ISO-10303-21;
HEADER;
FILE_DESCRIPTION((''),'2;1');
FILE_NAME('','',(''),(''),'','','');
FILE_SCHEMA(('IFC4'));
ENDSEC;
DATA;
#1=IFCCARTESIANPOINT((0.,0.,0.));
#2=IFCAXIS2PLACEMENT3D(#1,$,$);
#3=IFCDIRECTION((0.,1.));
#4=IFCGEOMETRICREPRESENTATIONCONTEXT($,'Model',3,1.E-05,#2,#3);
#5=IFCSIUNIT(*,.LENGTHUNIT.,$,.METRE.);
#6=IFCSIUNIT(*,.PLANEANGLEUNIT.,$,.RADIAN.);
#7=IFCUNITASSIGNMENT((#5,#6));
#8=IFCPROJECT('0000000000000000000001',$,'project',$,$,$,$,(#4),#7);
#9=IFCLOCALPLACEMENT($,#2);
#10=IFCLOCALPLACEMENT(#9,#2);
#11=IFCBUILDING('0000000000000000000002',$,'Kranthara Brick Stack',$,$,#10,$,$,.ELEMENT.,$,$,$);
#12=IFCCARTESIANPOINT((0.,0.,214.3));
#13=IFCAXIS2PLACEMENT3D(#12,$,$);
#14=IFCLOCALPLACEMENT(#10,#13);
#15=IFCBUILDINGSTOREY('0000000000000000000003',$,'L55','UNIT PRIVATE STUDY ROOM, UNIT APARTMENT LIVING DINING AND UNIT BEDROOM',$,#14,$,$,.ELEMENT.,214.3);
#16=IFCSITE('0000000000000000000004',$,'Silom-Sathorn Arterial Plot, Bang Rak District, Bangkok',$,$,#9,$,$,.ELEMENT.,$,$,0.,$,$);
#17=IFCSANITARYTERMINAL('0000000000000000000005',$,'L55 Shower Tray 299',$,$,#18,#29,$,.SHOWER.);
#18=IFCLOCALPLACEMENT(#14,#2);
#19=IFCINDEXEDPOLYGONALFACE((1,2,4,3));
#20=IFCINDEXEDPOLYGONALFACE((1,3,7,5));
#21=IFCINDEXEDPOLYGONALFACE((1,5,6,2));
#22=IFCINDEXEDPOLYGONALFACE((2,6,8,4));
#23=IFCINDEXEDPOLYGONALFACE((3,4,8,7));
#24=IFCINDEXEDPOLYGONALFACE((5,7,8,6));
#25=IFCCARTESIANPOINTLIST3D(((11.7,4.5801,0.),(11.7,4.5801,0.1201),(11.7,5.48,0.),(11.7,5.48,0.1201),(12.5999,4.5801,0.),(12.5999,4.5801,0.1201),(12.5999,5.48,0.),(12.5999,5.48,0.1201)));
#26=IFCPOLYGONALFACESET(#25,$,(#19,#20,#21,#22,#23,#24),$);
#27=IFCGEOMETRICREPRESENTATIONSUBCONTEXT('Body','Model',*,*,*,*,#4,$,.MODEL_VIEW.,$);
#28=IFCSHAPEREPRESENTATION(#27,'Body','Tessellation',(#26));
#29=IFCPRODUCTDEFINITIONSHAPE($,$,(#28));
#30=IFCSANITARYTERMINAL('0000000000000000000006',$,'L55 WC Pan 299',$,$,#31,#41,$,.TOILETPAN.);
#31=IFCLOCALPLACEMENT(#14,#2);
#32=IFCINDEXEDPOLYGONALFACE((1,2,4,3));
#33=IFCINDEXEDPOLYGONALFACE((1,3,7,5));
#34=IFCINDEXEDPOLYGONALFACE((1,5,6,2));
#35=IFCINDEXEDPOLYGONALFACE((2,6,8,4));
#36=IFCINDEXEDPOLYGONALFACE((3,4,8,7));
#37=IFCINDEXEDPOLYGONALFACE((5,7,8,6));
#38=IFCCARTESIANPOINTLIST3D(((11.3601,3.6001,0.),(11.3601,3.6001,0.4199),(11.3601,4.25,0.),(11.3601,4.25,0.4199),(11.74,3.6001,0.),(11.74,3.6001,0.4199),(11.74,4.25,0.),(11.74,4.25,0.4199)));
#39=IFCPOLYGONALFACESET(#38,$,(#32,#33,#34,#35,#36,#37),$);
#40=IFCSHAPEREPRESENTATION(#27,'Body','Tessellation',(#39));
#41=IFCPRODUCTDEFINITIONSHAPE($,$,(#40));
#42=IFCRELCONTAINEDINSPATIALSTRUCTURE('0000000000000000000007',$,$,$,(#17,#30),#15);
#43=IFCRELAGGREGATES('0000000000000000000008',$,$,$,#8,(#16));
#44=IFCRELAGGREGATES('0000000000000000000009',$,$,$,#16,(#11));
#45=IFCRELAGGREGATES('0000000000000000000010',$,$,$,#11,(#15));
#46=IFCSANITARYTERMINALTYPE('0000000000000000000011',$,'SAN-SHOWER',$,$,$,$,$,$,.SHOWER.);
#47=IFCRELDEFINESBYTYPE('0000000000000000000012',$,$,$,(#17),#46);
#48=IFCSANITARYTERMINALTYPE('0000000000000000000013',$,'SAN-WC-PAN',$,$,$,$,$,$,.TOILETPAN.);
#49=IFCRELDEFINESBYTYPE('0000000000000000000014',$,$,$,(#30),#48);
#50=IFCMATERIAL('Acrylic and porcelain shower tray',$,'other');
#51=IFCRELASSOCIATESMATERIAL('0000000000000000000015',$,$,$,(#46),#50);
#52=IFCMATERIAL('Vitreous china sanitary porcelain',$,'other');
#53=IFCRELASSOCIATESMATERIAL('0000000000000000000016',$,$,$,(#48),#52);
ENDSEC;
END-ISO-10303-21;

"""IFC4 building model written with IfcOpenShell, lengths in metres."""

from ifc_helpers import new_model, si_unit, direction, frame, origin, origin_2d, place, context, subcontext, project, spatial, rectangle, extrude, material, type_object, element, save


model = new_model("IFC4")

# Units and contexts
model_context = context("Model", 3, precision=1e-05, world=origin(), true_north=direction((0.0, 1.0)))
body_context = subcontext(model_context, "Body", "Model", "MODEL_VIEW")
ifc_project = project(units=[si_unit("LENGTHUNIT", "METRE"), si_unit("PLANEANGLEUNIT", "RADIAN")], contexts=[model_context])

# Site, building, storey
site_placement = place(None, origin())
site = spatial("IfcSite", under=ifc_project, at=site_placement, Name="Silom-Sathorn Arterial Plot, Bang Rak District, Bangkok", CompositionType="ELEMENT", RefElevation=0.0)
building_placement = place(site_placement, origin())
building = spatial("IfcBuilding", under=site, at=building_placement, Name="Kranthara Brick Stack", CompositionType="ELEMENT")
storey_placement = place(building_placement, frame((0.0, 0.0, 214.3)))
storey = spatial("IfcBuildingStorey", under=building, at=storey_placement, Name="L55", Description="UNIT PRIVATE STUDY ROOM, UNIT APARTMENT LIVING DINING AND UNIT BEDROOM", CompositionType="ELEMENT", Elevation=214.3)

# Sanitary terminals
ifc_material_1 = material(Name="Acrylic and porcelain shower tray", Category="other")
sanitary_terminal_type_1 = type_object("IfcSanitaryTerminalType", Name="SAN-SHOWER", PredefinedType="SHOWER", material=ifc_material_1)
sanitary_terminal_1_placement = place(storey_placement, frame((12.1499, 5.03, 0.0), z_axis=(0.0, 0.0, 1.0), x_axis=(1.0, 0.0, 0.0)))
element("IfcSanitaryTerminal", 1, at=sanitary_terminal_1_placement, inside=storey, type_object=sanitary_terminal_type_1, Name="L55 Shower Tray 299", PredefinedType="SHOWER", context=body_context, shape_type="SweptSolid", body=[
    extrude(rectangle(XDim=0.8999, YDim=0.8999, at=origin_2d()), origin(), (0.0, 0.0, 1.0), 0.1201),
])
ifc_material_2 = material(Name="Vitreous china sanitary porcelain", Category="other")
sanitary_terminal_type_2 = type_object("IfcSanitaryTerminalType", Name="SAN-WC-PAN", PredefinedType="TOILETPAN", material=ifc_material_2)
sanitary_terminal_2_placement = place(storey_placement, frame((11.55, 3.925, 0.0), z_axis=(0.0, 0.0, 1.0), x_axis=(1.0, 0.0, 0.0)))
element("IfcSanitaryTerminal", 2, at=sanitary_terminal_2_placement, inside=storey, type_object=sanitary_terminal_type_2, Name="L55 WC Pan 299", PredefinedType="TOILETPAN", context=body_context, shape_type="SweptSolid", body=[
    extrude(rectangle(XDim=0.3799, YDim=0.6499, at=origin_2d()), origin(), (0.0, 0.0, 1.0), 0.4199),
])

save(model, "model.ifc")
